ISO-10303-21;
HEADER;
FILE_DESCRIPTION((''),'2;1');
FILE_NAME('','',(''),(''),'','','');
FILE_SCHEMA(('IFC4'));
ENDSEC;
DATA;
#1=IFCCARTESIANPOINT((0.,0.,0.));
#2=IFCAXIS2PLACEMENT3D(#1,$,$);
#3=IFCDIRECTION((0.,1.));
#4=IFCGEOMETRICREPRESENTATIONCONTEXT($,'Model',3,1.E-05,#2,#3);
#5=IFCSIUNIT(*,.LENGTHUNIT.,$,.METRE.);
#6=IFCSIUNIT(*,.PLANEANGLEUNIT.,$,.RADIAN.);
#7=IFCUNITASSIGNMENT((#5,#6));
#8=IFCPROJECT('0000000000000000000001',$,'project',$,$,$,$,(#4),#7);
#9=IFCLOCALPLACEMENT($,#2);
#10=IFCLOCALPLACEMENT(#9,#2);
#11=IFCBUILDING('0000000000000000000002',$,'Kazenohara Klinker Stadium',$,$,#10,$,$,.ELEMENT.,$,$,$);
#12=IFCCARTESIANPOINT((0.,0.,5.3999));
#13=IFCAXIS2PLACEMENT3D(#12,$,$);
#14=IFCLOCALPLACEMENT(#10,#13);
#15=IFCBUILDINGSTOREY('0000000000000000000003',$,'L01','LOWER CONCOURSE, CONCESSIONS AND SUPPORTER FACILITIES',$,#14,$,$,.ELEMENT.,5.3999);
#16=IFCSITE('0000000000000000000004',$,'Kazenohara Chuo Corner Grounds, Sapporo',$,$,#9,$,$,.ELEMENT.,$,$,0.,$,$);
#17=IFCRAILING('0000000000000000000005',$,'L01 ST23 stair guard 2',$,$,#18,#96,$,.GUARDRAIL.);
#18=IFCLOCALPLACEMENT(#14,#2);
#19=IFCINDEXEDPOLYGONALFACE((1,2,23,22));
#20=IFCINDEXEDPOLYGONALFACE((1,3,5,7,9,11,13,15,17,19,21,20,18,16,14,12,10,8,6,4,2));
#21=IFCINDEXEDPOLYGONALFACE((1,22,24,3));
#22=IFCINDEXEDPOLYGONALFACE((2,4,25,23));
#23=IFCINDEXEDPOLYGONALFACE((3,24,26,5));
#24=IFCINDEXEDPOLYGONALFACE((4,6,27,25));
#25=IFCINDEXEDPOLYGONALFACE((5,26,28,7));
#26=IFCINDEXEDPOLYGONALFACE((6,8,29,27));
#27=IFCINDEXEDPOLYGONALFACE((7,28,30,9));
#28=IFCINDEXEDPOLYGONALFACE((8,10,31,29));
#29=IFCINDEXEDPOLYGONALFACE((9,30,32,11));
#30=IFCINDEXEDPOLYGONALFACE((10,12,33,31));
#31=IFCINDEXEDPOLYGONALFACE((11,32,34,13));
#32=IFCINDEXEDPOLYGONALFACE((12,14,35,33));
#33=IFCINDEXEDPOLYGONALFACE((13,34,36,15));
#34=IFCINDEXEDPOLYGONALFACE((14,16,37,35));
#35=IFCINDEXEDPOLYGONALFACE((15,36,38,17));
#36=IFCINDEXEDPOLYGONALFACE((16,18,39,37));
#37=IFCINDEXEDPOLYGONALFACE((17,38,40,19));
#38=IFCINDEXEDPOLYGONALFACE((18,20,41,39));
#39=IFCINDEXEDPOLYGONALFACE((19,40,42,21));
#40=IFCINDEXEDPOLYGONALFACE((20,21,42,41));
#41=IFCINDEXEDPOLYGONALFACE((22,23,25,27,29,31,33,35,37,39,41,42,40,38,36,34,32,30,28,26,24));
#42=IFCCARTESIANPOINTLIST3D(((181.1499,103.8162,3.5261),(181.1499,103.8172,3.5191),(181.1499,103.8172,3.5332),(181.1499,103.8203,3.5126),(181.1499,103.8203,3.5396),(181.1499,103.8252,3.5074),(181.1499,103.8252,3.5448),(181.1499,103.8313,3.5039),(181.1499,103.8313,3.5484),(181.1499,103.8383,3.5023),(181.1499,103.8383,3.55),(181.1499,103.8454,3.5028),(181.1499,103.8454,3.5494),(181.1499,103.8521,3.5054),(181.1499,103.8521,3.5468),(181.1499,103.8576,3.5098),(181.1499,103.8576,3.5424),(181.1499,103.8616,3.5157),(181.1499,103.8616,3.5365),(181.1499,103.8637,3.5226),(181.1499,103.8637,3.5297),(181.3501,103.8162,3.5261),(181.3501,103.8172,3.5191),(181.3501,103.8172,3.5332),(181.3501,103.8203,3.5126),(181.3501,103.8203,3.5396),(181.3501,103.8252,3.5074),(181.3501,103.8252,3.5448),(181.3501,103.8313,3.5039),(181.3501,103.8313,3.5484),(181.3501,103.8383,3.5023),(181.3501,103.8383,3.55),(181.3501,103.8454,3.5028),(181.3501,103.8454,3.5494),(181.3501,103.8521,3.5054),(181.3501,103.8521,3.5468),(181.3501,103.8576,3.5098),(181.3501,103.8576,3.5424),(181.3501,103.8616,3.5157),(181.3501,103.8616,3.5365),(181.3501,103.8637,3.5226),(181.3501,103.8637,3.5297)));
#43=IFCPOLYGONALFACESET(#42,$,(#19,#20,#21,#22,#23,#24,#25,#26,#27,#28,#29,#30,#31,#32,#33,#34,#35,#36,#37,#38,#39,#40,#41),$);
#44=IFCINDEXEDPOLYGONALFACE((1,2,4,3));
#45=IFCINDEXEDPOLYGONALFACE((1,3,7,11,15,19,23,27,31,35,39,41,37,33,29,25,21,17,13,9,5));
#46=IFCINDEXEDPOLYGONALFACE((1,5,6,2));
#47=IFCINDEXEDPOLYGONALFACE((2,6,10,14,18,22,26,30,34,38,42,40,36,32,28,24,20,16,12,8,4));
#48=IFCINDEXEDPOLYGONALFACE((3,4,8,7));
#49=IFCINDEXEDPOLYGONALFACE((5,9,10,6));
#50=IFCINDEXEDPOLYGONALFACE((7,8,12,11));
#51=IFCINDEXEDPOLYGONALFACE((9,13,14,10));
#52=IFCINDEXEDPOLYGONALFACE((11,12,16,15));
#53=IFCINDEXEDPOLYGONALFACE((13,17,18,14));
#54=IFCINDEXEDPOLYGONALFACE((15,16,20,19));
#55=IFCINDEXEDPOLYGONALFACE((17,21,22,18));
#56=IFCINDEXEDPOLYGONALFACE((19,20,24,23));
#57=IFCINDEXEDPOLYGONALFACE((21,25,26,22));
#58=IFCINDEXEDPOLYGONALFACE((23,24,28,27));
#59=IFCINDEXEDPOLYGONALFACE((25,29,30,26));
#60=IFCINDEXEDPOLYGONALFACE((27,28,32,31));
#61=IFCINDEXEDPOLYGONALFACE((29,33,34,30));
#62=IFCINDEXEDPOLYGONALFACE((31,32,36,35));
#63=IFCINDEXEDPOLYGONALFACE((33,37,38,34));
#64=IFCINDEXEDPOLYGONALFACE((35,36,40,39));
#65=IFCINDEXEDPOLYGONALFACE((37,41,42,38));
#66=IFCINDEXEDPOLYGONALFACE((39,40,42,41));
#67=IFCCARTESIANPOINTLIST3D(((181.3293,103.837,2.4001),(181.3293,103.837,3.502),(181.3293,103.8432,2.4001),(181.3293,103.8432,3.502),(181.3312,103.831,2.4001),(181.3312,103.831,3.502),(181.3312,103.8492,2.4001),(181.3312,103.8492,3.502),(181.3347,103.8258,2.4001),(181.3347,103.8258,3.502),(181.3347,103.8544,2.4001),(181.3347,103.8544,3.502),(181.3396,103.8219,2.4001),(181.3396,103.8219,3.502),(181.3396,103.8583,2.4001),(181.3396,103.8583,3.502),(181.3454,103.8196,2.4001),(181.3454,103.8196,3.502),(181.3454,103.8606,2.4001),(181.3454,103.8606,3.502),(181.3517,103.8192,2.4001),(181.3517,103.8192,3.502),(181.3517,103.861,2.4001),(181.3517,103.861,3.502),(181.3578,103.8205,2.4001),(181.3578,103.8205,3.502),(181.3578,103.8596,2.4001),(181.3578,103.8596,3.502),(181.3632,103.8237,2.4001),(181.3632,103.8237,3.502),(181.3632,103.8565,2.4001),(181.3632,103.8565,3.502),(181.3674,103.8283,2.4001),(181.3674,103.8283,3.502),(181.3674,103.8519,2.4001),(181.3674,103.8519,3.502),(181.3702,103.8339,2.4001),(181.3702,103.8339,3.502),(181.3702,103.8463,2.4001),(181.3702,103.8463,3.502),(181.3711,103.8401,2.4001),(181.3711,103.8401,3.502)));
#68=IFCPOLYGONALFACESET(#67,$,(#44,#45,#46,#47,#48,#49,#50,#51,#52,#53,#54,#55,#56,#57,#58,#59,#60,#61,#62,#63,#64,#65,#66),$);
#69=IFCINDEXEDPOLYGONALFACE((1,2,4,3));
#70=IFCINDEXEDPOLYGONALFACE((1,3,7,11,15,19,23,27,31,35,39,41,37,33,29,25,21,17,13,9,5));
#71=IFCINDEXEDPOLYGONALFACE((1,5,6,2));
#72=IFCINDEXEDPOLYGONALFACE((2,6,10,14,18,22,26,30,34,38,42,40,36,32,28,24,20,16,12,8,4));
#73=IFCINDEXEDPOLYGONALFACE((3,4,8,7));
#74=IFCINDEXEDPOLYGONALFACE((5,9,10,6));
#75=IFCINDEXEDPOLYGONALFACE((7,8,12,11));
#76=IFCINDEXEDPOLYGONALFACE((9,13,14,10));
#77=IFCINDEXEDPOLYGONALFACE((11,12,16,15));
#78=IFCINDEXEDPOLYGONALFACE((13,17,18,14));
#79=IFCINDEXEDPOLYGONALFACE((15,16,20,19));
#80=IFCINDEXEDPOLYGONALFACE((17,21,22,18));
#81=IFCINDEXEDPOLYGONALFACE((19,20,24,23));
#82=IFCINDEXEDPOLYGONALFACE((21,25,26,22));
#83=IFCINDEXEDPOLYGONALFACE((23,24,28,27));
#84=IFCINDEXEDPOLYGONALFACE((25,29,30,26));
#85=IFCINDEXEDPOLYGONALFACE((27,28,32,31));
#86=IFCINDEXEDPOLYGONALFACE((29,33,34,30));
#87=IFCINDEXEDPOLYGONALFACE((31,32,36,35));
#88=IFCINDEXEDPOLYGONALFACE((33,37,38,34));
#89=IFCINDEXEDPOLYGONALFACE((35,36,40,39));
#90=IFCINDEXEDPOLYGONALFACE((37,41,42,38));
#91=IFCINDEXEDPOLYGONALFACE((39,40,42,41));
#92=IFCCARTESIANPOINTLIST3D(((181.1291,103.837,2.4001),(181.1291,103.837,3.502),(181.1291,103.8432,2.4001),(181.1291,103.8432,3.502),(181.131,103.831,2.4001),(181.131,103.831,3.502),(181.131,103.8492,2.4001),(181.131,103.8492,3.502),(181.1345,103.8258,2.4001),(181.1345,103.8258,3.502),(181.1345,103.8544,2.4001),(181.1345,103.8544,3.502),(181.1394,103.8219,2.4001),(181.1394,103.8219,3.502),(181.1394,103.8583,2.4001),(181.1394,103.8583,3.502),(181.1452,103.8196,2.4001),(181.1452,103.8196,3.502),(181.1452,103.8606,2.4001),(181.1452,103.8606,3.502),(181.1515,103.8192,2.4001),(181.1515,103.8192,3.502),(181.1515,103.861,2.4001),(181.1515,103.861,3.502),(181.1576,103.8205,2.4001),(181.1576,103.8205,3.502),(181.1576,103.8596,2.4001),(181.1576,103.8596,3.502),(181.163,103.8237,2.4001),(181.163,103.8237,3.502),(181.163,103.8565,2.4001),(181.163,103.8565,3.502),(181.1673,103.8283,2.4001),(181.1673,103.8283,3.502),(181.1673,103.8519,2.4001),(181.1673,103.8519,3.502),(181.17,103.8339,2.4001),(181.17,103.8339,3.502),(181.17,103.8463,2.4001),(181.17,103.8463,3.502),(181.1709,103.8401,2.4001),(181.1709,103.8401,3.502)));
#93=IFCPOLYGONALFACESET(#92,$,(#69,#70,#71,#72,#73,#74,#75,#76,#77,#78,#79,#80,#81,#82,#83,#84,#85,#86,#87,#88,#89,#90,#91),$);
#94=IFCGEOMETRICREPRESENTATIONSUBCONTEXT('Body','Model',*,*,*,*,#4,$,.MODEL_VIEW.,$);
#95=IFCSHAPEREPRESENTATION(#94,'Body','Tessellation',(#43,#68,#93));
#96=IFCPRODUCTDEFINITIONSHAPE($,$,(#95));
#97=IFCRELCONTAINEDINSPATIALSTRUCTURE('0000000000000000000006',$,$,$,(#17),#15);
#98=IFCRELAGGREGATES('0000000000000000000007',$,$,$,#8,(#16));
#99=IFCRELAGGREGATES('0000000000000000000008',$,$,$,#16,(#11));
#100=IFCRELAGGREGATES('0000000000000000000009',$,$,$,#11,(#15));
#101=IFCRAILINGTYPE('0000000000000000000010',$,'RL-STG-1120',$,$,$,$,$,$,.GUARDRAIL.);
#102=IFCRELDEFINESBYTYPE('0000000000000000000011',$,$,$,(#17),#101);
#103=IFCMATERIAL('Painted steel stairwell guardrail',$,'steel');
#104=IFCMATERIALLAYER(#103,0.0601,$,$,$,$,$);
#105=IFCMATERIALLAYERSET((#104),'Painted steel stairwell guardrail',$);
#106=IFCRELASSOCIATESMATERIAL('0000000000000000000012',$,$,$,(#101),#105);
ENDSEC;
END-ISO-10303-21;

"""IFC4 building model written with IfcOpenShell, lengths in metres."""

from ifc_helpers import new_model, si_unit, direction, frame, origin, origin_2d, place, context, subcontext, project, spatial, circle, extrude, material, layer, layer_set, type_object, element, save


model = new_model("IFC4")

# Units and contexts
model_context = context("Model", 3, precision=1e-05, world=origin(), true_north=direction((0.0, 1.0)))
body_context = subcontext(model_context, "Body", "Model", "MODEL_VIEW")
ifc_project = project(units=[si_unit("LENGTHUNIT", "METRE"), si_unit("PLANEANGLEUNIT", "RADIAN")], contexts=[model_context])

# Site, building, storey
site_placement = place(None, origin())
site = spatial("IfcSite", under=ifc_project, at=site_placement, Name="Kazenohara Chuo Corner Grounds, Sapporo", CompositionType="ELEMENT", RefElevation=0.0)
building_placement = place(site_placement, origin())
building = spatial("IfcBuilding", under=site, at=building_placement, Name="Kazenohara Klinker Stadium", CompositionType="ELEMENT")
storey_placement = place(building_placement, frame((0.0, 0.0, 5.3999)))
storey = spatial("IfcBuildingStorey", under=building, at=storey_placement, Name="L01", Description="LOWER CONCOURSE, CONCESSIONS AND SUPPORTER FACILITIES", CompositionType="ELEMENT", Elevation=5.3999)

# Railing
ifc_material_1 = material(Name="Painted steel stairwell guardrail", Category="steel")
ifc_layer_1 = layer(ifc_material_1, 0.0601)
ifc_layer_set_1 = layer_set([ifc_layer_1], Name="Painted steel stairwell guardrail")
railing_type_1 = type_object("IfcRailingType", Name="RL-STG-1120", PredefinedType="GUARDRAIL", material=ifc_layer_set_1)
railing_1_placement = place(storey_placement, frame((181.3501, 103.8401, 2.4001)))
element("IfcRailing", 1, at=railing_1_placement, inside=storey, type_object=railing_type_1, Name="L01 ST23 stair guard 2", PredefinedType="GUARDRAIL", context=body_context, shape_type="SweptSolid", body=[
    extrude(circle(Radius=0.0239, at=origin_2d()), frame((0.0, 0.0, 1.126), z_axis=(-1.0, 0.0, 0.0), x_axis=(0.0, -1.0, 0.0)), (0.0, 0.0, 1.0), 0.2002),
    extrude(circle(Radius=0.021, at=origin_2d()), origin(), (0.0, 0.0, 1.0), 1.1018),
    extrude(circle(Radius=0.021, at=origin_2d()), frame((-0.2002, 0.0, 0.0)), (0.0, 0.0, 1.0), 1.1018),
])

save(model, "model.ifc")
